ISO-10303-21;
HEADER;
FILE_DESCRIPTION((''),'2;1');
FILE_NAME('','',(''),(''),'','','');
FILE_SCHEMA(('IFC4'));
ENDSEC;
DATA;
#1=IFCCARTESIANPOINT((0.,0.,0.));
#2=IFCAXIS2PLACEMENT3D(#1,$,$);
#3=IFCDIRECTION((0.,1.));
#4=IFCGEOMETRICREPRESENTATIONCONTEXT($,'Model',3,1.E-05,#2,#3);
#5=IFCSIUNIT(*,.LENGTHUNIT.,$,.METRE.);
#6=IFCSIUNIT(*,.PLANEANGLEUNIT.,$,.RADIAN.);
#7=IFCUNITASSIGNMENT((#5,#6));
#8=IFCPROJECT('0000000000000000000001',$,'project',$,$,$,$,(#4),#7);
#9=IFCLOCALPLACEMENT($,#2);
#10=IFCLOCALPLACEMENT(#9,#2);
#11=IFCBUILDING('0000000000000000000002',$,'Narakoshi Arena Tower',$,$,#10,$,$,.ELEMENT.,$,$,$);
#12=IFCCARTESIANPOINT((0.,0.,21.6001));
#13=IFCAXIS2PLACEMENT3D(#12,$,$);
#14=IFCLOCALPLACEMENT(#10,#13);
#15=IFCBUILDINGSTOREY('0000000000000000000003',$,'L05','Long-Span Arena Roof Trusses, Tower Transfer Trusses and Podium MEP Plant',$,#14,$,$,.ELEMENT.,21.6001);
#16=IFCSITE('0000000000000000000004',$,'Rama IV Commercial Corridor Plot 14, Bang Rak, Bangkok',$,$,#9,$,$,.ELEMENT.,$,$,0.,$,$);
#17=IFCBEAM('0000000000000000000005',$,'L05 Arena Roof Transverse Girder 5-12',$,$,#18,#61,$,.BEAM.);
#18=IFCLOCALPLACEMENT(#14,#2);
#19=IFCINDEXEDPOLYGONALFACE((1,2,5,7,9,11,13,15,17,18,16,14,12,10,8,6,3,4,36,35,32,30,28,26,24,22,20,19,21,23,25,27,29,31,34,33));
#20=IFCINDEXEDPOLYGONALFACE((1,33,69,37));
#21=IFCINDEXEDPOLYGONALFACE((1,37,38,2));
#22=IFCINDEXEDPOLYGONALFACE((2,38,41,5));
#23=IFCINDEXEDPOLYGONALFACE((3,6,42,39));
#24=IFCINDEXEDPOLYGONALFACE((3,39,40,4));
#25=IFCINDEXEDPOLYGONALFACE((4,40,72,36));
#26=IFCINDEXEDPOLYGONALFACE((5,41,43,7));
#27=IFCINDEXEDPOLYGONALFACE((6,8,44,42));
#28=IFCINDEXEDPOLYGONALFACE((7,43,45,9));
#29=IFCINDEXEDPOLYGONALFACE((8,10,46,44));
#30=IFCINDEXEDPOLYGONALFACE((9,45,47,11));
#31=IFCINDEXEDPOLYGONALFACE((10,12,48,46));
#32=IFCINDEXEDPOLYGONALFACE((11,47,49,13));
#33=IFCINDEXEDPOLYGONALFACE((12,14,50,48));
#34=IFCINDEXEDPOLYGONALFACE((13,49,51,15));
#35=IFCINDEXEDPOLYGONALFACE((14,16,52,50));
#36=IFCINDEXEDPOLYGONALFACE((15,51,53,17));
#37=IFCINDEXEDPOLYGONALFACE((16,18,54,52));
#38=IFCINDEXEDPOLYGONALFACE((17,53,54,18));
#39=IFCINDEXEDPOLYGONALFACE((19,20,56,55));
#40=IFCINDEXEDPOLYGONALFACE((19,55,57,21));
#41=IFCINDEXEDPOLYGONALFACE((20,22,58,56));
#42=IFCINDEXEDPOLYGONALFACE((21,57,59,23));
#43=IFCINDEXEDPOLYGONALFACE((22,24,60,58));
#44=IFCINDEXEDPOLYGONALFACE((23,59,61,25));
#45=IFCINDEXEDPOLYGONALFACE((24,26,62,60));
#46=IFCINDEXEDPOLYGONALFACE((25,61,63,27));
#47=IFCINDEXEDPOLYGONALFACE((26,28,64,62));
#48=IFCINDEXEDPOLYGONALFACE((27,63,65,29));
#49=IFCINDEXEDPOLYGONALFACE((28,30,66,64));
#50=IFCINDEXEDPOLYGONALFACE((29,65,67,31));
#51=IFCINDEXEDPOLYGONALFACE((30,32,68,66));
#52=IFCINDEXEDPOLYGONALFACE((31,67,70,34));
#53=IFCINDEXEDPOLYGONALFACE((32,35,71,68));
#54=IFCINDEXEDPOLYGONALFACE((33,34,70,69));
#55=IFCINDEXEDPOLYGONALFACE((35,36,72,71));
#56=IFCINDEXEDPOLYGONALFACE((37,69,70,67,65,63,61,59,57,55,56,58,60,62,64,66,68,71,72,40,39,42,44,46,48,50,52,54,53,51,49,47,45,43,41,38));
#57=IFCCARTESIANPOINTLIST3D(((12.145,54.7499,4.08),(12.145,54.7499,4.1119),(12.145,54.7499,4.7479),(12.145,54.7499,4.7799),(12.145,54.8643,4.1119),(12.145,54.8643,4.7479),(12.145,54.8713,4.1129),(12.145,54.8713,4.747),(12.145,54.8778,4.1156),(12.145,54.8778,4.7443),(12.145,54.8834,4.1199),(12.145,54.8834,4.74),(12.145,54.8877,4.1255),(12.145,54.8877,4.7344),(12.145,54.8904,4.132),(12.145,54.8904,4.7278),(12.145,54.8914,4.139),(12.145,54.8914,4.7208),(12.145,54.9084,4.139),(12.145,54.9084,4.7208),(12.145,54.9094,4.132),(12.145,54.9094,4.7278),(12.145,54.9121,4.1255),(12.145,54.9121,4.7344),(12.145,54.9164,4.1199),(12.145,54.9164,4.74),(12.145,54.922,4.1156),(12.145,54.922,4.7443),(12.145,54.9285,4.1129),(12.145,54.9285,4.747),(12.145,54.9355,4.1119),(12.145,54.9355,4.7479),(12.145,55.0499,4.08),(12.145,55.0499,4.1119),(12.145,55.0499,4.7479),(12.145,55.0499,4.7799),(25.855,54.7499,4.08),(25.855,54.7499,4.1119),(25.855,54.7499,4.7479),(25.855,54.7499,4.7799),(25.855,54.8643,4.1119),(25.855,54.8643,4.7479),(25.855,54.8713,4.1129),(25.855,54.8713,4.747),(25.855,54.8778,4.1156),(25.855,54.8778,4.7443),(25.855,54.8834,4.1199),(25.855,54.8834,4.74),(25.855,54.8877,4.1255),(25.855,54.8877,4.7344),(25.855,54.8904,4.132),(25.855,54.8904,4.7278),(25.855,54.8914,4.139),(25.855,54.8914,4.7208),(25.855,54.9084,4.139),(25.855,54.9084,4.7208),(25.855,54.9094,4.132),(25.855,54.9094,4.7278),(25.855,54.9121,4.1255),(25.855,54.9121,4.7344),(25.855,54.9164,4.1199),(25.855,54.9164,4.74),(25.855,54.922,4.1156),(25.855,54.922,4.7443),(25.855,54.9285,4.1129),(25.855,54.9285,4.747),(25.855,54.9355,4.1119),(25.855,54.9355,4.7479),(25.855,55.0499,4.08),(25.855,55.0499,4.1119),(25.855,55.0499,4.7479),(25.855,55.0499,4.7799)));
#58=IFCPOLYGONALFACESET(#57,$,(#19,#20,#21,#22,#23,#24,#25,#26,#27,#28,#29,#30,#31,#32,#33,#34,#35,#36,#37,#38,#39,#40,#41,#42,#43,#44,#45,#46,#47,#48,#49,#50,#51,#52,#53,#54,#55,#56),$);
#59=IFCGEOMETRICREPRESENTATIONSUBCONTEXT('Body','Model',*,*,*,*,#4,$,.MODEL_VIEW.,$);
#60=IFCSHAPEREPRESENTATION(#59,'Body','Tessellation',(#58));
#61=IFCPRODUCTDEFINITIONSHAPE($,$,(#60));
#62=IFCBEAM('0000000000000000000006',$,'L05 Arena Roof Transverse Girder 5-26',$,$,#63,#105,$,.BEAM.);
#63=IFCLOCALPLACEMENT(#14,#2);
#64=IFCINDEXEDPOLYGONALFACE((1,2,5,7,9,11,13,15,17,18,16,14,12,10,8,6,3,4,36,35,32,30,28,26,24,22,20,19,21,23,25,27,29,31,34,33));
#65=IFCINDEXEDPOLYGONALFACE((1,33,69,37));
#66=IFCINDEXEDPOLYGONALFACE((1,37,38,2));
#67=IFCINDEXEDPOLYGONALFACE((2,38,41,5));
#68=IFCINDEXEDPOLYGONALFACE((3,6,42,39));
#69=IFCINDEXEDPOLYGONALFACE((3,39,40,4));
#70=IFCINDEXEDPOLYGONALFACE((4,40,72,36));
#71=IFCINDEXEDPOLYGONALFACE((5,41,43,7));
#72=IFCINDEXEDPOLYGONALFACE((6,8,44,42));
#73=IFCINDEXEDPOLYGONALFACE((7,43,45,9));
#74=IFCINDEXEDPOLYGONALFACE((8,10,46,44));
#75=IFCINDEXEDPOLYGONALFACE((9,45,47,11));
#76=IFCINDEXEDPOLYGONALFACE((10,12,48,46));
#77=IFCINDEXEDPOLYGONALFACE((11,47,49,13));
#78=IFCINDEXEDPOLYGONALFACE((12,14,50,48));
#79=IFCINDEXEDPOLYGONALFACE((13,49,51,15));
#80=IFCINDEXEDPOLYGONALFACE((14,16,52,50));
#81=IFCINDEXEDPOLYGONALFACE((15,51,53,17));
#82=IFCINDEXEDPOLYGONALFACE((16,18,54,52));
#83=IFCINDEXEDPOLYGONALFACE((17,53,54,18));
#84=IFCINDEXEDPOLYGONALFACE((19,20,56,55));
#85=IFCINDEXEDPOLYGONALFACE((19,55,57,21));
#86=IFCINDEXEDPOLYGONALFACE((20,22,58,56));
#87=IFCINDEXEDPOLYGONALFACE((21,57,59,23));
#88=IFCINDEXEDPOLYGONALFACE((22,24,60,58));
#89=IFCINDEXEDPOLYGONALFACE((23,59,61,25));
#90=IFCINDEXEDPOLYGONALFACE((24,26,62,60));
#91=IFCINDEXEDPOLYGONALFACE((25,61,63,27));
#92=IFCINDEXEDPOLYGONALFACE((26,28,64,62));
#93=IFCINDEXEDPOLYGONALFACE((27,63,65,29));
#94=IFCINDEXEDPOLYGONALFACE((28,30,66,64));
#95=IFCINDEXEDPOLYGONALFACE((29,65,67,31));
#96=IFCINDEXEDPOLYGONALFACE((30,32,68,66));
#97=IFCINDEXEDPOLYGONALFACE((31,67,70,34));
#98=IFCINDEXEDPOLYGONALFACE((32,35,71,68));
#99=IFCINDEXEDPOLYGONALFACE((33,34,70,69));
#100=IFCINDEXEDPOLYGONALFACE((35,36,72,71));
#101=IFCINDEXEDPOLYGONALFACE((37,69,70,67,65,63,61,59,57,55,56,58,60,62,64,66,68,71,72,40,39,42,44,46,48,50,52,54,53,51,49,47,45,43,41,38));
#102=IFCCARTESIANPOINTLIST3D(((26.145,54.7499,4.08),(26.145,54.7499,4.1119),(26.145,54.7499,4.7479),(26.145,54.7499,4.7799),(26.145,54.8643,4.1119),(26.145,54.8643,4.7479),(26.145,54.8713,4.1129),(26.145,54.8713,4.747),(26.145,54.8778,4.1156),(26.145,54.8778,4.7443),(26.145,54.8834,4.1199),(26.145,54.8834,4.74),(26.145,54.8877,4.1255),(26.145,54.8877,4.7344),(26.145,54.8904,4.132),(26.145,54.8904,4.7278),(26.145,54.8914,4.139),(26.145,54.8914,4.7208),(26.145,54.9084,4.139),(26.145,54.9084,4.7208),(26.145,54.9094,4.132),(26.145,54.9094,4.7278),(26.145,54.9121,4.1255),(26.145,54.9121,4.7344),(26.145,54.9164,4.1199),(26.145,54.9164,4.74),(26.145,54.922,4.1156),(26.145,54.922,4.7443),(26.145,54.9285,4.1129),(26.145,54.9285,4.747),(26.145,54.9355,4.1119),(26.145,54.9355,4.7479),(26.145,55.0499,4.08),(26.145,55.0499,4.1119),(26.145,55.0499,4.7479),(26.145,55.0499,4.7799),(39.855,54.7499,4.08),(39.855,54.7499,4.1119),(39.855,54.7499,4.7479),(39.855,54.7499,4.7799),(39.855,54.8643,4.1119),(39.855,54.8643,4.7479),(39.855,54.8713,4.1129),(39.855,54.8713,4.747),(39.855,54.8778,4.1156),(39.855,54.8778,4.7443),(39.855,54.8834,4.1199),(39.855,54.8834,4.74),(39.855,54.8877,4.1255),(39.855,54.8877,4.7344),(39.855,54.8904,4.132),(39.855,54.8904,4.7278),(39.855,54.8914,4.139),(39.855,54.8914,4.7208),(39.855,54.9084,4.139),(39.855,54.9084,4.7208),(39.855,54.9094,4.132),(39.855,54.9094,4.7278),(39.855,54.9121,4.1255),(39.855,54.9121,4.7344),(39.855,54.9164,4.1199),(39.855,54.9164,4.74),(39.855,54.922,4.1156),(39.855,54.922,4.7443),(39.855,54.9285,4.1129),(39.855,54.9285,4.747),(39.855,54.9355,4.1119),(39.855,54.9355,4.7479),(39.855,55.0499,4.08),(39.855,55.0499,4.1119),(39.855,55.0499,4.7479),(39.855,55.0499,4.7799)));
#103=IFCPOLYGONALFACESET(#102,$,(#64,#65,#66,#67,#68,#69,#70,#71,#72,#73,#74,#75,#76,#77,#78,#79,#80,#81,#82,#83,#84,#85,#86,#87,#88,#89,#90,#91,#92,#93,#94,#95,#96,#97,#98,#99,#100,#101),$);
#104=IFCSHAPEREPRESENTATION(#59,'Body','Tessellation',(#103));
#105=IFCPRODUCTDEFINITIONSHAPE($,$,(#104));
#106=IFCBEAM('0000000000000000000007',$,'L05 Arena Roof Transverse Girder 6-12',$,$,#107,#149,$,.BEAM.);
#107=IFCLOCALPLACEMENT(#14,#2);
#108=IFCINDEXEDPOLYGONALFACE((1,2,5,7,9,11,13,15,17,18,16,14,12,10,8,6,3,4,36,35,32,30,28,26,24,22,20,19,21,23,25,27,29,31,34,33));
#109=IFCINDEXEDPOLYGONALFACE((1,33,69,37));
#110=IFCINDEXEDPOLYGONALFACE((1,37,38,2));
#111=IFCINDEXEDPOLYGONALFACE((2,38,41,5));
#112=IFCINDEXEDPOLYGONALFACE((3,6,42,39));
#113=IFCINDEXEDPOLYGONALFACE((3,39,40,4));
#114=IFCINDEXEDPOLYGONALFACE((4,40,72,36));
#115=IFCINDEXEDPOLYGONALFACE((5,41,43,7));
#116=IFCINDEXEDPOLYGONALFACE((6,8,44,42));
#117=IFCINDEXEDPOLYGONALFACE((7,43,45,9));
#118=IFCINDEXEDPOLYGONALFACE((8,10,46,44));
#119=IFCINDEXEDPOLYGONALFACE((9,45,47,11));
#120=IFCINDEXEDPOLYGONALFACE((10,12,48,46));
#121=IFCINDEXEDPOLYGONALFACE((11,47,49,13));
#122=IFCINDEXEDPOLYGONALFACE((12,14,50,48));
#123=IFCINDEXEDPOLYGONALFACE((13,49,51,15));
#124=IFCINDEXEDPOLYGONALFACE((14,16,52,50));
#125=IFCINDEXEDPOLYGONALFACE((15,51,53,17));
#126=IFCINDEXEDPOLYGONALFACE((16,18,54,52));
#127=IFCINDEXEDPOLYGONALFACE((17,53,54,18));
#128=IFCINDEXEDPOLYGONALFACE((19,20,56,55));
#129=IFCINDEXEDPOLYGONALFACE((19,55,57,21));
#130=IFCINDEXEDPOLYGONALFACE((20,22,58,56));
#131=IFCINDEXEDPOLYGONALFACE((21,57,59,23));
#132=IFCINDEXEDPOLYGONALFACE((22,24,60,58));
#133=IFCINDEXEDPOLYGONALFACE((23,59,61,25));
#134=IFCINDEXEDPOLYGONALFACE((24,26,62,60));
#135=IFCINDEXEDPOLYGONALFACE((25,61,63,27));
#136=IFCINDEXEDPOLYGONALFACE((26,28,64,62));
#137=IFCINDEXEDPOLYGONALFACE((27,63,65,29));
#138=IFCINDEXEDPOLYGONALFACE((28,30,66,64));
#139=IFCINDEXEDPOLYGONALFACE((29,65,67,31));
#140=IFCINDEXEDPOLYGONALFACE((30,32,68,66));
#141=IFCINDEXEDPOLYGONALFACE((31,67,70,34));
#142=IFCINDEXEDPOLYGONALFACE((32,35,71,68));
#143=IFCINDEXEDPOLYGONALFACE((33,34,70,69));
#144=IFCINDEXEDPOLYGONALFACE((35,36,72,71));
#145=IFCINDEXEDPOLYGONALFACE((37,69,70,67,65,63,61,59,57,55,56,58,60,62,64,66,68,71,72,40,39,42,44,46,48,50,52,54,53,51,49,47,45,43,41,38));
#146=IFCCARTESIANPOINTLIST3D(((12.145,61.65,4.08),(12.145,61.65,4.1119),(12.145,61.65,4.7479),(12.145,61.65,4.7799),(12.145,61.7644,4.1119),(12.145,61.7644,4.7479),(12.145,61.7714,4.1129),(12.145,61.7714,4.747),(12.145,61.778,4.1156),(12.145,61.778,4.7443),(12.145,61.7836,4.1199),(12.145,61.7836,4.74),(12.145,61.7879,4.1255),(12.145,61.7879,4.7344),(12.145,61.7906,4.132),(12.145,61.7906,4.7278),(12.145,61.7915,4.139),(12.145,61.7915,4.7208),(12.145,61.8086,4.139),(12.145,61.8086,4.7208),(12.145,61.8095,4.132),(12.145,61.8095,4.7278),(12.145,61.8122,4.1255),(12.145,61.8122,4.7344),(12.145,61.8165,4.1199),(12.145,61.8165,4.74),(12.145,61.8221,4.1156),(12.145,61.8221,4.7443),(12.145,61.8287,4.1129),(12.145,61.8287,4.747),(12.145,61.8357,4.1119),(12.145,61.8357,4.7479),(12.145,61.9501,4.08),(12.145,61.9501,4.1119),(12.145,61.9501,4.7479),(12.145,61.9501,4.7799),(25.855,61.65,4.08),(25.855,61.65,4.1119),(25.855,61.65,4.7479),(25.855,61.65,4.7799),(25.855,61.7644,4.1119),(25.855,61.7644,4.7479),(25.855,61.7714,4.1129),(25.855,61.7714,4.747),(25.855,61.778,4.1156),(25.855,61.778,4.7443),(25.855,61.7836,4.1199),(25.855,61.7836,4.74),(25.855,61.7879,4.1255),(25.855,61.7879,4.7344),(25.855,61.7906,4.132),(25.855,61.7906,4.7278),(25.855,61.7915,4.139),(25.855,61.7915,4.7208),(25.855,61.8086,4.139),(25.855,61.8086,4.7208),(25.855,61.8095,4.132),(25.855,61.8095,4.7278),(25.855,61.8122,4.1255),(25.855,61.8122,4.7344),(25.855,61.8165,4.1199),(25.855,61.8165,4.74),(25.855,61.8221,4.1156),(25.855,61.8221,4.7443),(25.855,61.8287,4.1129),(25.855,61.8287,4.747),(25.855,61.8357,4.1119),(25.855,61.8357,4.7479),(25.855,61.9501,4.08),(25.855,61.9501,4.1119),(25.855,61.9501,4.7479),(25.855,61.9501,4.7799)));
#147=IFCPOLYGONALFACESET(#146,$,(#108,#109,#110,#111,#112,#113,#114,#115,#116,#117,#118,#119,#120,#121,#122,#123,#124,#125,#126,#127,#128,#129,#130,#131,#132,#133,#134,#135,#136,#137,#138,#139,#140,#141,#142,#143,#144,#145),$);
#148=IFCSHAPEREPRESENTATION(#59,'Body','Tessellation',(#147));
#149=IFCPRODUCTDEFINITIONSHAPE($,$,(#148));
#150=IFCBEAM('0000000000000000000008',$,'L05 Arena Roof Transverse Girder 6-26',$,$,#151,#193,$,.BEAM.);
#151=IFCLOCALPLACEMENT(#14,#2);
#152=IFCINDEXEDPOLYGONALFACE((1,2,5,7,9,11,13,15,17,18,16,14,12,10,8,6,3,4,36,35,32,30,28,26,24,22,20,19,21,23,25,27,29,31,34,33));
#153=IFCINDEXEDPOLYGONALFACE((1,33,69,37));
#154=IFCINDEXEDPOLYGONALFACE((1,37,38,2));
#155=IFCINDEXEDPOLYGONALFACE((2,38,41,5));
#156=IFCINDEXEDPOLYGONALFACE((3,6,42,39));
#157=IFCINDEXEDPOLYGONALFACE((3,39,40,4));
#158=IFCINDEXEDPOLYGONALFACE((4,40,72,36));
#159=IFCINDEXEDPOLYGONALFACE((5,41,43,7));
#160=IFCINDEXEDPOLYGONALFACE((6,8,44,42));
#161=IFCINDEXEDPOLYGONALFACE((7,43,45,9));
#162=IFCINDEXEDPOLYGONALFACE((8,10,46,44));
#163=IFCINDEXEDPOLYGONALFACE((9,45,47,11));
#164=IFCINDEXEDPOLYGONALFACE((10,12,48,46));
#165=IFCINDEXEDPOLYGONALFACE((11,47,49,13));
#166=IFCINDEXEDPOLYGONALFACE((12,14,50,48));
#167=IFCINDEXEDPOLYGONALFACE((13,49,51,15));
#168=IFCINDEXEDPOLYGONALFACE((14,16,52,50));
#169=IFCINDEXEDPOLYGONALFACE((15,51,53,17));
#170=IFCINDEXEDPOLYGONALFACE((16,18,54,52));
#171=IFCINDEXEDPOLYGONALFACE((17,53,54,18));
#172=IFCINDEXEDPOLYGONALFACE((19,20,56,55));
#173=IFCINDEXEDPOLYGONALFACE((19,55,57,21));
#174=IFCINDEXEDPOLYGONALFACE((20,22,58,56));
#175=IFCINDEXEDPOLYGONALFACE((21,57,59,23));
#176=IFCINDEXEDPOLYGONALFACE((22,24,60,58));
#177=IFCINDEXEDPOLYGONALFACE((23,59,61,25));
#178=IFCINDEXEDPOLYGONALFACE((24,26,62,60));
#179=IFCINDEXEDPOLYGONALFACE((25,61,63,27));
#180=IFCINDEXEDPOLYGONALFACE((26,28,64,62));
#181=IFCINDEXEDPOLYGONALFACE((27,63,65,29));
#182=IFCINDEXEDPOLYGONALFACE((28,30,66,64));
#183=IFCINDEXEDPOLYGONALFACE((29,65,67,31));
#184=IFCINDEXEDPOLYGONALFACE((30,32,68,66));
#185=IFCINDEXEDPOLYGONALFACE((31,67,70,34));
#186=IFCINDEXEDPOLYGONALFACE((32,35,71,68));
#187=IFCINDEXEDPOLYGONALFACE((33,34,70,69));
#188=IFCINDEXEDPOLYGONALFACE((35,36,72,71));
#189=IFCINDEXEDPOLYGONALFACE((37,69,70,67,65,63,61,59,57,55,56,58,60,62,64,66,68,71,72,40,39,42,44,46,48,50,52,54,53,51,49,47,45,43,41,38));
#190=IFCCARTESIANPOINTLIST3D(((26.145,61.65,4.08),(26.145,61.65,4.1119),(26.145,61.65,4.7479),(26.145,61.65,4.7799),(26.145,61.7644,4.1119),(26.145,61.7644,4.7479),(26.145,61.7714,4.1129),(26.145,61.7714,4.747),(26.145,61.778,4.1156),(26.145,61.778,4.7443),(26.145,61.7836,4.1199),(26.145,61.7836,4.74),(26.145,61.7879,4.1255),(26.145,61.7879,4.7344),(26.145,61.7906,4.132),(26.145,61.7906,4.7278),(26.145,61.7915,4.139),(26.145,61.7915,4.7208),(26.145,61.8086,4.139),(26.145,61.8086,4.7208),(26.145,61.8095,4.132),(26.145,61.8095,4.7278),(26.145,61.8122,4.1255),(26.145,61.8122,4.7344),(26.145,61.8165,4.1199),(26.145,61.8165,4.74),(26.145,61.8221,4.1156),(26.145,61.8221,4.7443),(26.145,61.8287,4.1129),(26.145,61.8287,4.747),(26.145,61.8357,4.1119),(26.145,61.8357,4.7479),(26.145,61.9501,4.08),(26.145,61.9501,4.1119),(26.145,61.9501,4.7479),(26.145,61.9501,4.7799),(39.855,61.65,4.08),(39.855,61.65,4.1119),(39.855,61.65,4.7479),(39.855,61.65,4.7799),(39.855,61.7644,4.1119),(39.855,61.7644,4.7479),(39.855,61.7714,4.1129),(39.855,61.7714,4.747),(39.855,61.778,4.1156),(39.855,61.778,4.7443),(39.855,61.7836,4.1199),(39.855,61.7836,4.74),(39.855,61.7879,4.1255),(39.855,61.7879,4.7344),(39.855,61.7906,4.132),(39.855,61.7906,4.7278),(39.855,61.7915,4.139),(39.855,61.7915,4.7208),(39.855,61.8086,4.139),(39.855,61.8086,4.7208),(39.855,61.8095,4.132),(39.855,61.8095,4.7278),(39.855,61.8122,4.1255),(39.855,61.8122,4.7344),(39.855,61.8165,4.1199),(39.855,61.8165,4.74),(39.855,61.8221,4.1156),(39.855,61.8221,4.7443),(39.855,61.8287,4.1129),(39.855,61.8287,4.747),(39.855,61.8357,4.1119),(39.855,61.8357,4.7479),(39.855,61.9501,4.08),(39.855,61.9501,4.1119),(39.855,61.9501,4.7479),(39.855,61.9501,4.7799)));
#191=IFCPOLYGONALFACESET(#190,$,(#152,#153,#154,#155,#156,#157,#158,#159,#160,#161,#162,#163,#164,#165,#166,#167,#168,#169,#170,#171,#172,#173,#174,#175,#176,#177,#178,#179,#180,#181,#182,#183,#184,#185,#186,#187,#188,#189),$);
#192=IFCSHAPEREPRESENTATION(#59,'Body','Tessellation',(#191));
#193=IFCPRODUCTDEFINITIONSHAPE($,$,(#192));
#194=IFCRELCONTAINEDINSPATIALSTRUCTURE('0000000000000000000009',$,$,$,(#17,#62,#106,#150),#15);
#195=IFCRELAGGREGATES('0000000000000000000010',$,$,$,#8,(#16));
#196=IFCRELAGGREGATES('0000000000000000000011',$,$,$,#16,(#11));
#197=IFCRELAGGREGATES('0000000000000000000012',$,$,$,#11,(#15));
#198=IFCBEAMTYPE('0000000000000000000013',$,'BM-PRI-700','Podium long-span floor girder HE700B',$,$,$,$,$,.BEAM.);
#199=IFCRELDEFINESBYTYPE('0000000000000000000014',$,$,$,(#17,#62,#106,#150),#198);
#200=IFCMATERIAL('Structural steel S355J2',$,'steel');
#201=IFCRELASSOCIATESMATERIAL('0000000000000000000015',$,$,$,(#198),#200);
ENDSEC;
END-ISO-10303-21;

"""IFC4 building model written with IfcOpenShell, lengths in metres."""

from ifc_helpers import new_model, si_unit, direction, frame, origin, origin_2d, place, context, subcontext, project, spatial, i_section, extrude, material, material_profile, profile_set, type_object, element, save


model = new_model("IFC4")

# Units and contexts
model_context = context("Model", 3, precision=1e-05, world=origin(), true_north=direction((0.0, 1.0)))
body_context = subcontext(model_context, "Body", "Model", "MODEL_VIEW")
ifc_project = project(units=[si_unit("LENGTHUNIT", "METRE"), si_unit("PLANEANGLEUNIT", "RADIAN")], contexts=[model_context])

# Site, building, storey
site_placement = place(None, origin())
site = spatial("IfcSite", under=ifc_project, at=site_placement, Name="Rama IV Commercial Corridor Plot 14, Bang Rak, Bangkok", CompositionType="ELEMENT", RefElevation=0.0)
building_placement = place(site_placement, origin())
building = spatial("IfcBuilding", under=site, at=building_placement, Name="Narakoshi Arena Tower", CompositionType="ELEMENT")
storey_placement = place(building_placement, frame((0.0, 0.0, 21.6001)))
storey = spatial("IfcBuildingStorey", under=building, at=storey_placement, Name="L05", Description="Long-Span Arena Roof Trusses, Tower Transfer Trusses and Podium MEP Plant", CompositionType="ELEMENT", Elevation=21.6001)

# Beams
ifc_material_1 = material(Name="Structural steel S355J2", Category="steel")
ifc_material_profile_1 = material_profile(ifc_material_1, i_section(OverallWidth=0.3, OverallDepth=0.7, WebThickness=0.0171, FlangeThickness=0.032, FilletRadius=0.0271, at=origin_2d()), Name="HE700B")
ifc_profile_set_1 = profile_set([ifc_material_profile_1], Name="Structural steel S355J2")
beam_type_1 = type_object("IfcBeamType", Name="BM-PRI-700", Description="Podium long-span floor girder HE700B", PredefinedType="BEAM", material=ifc_profile_set_1)
for number, where, z_axis, x_axis, name in (
    (1, (12.145, 54.8999, 4.4299), (1.0, 0.0, 0.0), (0.0, 1.0, 0.0), "L05 Arena Roof Transverse Girder 5-12"),
    (2, (26.145, 54.8999, 4.4299), (1.0, 0.0, 0.0), (0.0, 1.0, 0.0), "L05 Arena Roof Transverse Girder 5-26"),
    (3, (12.145, 61.8, 4.4299), (1.0, 0.0, 0.0), (0.0, 1.0, 0.0), "L05 Arena Roof Transverse Girder 6-12"),
    (4, (26.145, 61.8, 4.4299), (1.0, 0.0, 0.0), (0.0, 1.0, 0.0), "L05 Arena Roof Transverse Girder 6-26"),
):
    element("IfcBeam", number, at=place(storey_placement, frame(where, z_axis=z_axis, x_axis=x_axis)), inside=storey, type_object=beam_type_1, Name=name, PredefinedType="BEAM", context=body_context, shape_type="SweptSolid", body=[
        extrude(i_section(OverallWidth=0.3, OverallDepth=0.7, WebThickness=0.0171, FlangeThickness=0.032, FilletRadius=0.0271, at=origin_2d()), origin(), (0.0, 0.0, 1.0), 13.71),
    ])

save(model, "model.ifc")
